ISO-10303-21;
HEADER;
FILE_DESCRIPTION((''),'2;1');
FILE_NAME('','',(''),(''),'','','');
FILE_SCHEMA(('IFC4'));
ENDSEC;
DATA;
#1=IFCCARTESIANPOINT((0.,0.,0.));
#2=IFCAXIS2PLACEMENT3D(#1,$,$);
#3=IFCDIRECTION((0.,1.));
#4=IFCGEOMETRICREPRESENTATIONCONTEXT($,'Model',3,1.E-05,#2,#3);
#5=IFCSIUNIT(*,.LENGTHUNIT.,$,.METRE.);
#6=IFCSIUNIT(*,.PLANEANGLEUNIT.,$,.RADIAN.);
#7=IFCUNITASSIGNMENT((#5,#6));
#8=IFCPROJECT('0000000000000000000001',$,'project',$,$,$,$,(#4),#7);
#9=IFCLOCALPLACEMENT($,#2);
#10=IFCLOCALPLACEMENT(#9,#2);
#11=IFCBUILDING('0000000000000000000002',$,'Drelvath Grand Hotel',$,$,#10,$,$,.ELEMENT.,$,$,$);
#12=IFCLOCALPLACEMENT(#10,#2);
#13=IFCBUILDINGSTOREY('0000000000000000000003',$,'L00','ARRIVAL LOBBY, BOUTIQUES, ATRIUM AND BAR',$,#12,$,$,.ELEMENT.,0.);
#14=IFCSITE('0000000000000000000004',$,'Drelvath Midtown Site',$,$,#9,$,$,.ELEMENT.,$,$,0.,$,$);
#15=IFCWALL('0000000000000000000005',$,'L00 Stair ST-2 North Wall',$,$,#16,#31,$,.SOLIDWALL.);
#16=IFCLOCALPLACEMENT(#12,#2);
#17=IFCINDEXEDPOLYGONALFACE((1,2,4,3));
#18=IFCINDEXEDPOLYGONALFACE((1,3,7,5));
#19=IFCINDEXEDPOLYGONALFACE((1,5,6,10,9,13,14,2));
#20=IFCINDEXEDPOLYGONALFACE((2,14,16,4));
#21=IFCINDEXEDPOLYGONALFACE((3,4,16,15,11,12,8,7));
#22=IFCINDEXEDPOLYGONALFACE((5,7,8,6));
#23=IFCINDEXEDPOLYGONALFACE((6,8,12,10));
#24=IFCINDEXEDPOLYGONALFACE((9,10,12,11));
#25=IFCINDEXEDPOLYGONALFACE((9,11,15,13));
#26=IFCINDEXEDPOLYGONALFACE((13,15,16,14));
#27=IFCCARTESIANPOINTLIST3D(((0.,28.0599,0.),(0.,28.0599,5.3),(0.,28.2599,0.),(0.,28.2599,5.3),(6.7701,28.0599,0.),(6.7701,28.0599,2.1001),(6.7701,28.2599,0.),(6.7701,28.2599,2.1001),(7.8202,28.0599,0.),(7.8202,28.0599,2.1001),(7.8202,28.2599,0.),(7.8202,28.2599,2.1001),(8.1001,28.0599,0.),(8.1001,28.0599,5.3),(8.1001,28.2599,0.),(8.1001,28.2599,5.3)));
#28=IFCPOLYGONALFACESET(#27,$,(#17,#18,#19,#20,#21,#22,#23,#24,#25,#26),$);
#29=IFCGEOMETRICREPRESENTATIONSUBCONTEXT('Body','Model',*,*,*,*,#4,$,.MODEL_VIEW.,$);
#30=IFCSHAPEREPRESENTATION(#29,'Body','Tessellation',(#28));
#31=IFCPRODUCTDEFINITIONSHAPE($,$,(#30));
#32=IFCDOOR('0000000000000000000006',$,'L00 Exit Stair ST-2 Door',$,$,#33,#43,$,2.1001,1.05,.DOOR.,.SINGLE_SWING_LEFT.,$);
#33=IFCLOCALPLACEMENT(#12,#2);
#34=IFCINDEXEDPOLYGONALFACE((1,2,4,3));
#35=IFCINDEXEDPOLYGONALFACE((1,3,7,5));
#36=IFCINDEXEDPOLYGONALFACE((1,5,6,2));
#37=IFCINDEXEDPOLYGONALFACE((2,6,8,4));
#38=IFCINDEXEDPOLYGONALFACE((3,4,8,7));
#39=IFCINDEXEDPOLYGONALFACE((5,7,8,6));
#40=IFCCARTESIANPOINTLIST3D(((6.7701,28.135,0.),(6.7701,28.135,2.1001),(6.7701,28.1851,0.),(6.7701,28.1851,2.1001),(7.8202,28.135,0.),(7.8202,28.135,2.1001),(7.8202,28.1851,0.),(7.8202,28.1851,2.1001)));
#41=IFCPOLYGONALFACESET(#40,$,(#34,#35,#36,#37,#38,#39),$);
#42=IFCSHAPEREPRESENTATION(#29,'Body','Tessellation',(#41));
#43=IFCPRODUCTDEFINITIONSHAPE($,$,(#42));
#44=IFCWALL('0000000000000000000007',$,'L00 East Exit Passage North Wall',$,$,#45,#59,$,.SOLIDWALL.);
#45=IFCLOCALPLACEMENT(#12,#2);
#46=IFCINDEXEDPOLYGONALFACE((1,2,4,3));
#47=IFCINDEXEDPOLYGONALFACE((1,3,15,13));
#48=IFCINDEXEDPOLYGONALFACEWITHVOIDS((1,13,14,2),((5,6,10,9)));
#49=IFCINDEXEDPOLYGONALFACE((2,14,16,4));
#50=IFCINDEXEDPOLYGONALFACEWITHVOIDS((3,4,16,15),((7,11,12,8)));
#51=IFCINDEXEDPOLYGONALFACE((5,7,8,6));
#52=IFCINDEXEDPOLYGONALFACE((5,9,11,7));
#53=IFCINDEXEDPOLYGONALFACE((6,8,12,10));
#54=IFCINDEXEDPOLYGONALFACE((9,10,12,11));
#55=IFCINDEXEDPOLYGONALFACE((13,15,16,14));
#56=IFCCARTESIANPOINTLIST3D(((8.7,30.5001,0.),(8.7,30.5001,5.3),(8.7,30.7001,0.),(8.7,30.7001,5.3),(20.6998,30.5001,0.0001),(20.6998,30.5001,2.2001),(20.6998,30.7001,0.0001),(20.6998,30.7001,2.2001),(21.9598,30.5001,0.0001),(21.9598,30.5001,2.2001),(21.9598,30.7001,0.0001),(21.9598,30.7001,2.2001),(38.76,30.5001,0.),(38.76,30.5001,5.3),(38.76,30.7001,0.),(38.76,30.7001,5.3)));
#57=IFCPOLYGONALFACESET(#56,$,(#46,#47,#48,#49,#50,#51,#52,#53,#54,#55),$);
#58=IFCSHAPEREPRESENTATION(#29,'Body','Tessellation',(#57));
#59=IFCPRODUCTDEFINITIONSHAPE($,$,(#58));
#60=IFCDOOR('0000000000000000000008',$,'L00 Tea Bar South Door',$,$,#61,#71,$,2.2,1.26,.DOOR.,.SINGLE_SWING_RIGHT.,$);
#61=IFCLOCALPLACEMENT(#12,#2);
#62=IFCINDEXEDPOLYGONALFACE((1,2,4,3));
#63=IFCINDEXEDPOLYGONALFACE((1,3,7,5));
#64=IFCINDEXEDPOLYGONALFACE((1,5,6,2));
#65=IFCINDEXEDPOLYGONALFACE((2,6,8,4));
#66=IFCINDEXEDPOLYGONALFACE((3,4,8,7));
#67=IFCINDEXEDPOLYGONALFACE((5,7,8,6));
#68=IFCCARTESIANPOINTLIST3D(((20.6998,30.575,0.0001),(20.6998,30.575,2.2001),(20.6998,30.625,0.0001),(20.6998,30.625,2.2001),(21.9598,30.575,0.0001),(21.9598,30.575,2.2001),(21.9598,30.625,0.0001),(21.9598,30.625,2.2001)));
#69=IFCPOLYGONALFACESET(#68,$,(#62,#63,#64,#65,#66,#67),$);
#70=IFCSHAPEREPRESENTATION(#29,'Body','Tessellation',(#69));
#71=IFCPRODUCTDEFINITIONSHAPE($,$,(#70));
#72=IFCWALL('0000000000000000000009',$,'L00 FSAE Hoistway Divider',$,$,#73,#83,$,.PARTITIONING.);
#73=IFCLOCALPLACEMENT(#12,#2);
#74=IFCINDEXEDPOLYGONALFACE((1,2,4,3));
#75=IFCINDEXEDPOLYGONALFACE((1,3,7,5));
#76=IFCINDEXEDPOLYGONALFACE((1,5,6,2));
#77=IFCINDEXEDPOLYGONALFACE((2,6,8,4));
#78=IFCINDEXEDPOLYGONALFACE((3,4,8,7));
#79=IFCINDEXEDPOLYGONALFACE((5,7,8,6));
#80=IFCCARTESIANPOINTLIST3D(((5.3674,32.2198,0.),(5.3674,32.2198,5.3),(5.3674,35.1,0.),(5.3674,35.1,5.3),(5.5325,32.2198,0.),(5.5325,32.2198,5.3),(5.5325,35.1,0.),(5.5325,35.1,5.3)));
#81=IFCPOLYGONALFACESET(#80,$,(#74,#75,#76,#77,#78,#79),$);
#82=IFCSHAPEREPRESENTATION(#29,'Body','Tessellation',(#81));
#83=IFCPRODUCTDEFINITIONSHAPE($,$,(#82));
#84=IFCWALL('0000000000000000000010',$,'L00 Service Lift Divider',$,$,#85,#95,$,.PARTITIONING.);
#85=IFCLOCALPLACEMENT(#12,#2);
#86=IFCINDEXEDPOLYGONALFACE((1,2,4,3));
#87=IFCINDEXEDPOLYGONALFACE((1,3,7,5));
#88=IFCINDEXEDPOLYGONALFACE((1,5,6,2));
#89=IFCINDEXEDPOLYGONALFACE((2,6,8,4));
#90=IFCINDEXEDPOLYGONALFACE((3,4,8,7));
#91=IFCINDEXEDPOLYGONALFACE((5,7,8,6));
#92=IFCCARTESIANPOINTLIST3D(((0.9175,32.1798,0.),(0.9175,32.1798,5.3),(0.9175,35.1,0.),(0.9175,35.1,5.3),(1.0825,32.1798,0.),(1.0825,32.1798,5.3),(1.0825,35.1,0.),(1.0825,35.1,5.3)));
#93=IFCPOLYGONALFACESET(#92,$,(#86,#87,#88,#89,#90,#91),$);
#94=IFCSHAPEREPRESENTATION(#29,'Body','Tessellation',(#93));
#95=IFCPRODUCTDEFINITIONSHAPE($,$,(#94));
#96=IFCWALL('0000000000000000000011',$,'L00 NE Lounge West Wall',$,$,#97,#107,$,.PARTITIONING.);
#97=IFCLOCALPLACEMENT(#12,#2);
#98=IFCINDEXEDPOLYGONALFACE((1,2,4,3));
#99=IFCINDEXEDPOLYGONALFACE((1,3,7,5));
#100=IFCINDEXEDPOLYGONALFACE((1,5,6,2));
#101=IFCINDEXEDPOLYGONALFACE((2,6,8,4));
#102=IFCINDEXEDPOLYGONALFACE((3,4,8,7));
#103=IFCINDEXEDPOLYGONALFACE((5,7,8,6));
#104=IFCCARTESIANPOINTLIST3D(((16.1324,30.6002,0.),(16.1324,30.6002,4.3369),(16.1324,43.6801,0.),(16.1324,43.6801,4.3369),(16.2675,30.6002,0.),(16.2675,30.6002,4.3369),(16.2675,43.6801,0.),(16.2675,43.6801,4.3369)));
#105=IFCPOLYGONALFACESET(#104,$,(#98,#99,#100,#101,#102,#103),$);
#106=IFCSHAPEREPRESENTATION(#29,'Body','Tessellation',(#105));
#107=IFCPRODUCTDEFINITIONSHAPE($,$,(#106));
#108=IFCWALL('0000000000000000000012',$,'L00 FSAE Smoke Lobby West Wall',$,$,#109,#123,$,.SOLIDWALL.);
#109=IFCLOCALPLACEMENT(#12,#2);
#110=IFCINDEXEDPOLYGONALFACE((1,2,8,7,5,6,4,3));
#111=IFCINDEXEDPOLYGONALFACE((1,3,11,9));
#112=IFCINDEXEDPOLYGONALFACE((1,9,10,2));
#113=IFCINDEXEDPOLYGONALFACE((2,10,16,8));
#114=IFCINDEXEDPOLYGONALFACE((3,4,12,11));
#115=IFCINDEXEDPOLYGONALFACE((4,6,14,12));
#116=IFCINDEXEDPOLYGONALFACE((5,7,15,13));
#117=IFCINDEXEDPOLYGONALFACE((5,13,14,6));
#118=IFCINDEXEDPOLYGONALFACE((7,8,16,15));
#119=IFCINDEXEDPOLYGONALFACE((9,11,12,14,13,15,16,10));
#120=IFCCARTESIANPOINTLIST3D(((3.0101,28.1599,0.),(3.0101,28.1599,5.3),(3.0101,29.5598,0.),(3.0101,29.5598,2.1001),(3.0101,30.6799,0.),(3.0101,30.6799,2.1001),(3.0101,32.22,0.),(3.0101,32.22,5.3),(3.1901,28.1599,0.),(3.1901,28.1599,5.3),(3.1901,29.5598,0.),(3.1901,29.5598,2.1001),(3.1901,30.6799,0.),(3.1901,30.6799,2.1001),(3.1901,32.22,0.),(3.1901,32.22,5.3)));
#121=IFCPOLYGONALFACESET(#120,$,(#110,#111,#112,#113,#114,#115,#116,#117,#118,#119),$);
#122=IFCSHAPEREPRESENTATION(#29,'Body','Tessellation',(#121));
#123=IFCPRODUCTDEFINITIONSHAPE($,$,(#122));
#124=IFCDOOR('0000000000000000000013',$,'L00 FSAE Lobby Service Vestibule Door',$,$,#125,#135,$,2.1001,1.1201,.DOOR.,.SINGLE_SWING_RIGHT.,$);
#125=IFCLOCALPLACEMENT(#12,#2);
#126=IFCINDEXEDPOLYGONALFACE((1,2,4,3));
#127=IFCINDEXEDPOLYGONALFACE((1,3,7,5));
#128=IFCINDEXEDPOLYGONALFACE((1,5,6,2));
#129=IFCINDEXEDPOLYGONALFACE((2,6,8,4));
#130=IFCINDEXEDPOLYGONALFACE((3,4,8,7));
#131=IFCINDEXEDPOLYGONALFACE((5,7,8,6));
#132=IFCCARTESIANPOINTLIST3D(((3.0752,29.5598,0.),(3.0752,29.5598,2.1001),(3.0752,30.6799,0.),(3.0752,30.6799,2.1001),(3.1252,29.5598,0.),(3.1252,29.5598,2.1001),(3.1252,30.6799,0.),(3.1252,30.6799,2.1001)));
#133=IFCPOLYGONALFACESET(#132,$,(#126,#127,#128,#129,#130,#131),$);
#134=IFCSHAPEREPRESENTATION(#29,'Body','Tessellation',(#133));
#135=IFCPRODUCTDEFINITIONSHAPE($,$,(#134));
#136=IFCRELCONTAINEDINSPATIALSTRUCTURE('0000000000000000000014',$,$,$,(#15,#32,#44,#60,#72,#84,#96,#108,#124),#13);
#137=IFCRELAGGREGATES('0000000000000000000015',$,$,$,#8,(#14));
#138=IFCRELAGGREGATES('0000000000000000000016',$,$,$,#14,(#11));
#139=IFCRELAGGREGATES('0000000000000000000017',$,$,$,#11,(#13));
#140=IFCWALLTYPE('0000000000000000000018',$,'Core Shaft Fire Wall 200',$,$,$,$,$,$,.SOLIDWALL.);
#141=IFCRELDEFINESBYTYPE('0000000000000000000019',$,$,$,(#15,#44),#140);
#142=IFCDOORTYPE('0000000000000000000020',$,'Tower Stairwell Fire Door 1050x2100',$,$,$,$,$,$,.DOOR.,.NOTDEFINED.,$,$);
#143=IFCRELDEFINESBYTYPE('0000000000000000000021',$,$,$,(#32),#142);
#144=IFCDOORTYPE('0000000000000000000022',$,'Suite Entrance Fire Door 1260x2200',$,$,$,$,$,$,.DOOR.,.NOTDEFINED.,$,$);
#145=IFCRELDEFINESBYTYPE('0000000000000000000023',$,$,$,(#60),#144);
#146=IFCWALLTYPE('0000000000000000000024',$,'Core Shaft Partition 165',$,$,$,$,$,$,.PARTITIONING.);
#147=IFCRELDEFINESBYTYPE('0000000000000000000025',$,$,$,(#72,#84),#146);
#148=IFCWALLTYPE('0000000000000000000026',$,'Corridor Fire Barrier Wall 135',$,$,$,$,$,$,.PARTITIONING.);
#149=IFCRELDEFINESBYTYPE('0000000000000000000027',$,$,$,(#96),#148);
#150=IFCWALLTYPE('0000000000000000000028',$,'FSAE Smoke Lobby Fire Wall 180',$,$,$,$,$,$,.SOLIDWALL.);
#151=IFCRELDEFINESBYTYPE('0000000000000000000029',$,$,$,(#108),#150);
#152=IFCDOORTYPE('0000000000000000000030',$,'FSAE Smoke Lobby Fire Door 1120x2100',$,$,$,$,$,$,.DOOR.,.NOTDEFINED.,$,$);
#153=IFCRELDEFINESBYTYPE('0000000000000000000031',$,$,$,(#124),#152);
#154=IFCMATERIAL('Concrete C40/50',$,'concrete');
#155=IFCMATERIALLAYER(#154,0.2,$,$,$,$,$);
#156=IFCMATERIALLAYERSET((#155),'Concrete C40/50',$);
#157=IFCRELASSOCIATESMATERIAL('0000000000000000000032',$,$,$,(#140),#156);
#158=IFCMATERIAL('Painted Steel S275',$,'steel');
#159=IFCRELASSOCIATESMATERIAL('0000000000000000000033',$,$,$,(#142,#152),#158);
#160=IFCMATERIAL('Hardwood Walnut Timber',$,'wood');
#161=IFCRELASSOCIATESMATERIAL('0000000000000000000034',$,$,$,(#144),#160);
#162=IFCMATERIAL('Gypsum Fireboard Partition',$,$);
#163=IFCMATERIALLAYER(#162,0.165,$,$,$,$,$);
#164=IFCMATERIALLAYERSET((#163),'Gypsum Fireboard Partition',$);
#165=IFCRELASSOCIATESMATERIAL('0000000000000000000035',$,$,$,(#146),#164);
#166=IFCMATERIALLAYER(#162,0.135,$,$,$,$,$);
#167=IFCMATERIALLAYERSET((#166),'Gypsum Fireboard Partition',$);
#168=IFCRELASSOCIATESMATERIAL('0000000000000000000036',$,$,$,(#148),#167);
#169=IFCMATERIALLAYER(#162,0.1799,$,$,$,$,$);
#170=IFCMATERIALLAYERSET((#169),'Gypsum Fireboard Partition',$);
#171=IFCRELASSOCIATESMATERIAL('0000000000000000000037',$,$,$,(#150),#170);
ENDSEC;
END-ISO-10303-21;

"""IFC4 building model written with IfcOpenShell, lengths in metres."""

from ifc_helpers import new_model, si_unit, direction, frame, frame_2d, origin, place, context, subcontext, project, spatial, rectangle, extrude, material, layer, layer_set, type_object, element, fill, save


model = new_model("IFC4")

# Units and contexts
model_context = context("Model", 3, precision=1e-05, world=origin(), true_north=direction((0.0, 1.0)))
body_context = subcontext(model_context, "Body", "Model", "MODEL_VIEW")
ifc_project = project(units=[si_unit("LENGTHUNIT", "METRE"), si_unit("PLANEANGLEUNIT", "RADIAN")], contexts=[model_context])

# Site, building, storey
site_placement = place(None, origin())
site = spatial("IfcSite", under=ifc_project, at=site_placement, Name="Drelvath Midtown Site", CompositionType="ELEMENT", RefElevation=0.0)
building_placement = place(site_placement, origin())
building = spatial("IfcBuilding", under=site, at=building_placement, Name="Drelvath Grand Hotel", CompositionType="ELEMENT")
storey_placement = place(building_placement, origin())
storey = spatial("IfcBuildingStorey", under=building, at=storey_placement, Name="L00", Description="ARRIVAL LOBBY, BOUTIQUES, ATRIUM AND BAR", CompositionType="ELEMENT", Elevation=0.0)

# Shared definitions
ifc_material_1 = material(Name="Concrete C40/50", Category="concrete")

# Walls, openings, doors
ifc_layer_1 = layer(ifc_material_1, 0.2)
ifc_layer_set_1 = layer_set([ifc_layer_1], Name="Concrete C40/50")
wall_type_1 = type_object("IfcWallType", Name="Core Shaft Fire Wall 200", PredefinedType="SOLIDWALL", material=ifc_layer_set_1)
wall_1_placement = place(storey_placement, frame((8.1001, 28.1599, 0.0), z_axis=(0.0, 0.0, 1.0), x_axis=(-1.0, 0.0, 0.0)))
wall_1 = element("IfcWall", 1, at=wall_1_placement, inside=storey, type_object=wall_type_1, Name="L00 Stair ST-2 North Wall", PredefinedType="SOLIDWALL", context=body_context, shape_type="SweptSolid", body=[
    extrude(rectangle(XDim=8.1001, YDim=0.2, at=frame_2d((4.05, 0.0))), origin(), (0.0, 0.0, 1.0), 5.3),
])
opening_1_placement = place(wall_1_placement, frame((0.28, 0.0, 0.0)))
opening_1 = element("IfcOpeningElement", 2, at=opening_1_placement, cuts=wall_1, PredefinedType="OPENING", context=body_context, shape_type="SweptSolid", body=[
    extrude(rectangle(XDim=1.05, YDim=2.1001, at=frame_2d((0.5249, 1.05))), frame((0.0, 0.1099, 0.0), z_axis=(0.0, -1.0, 0.0), x_axis=(1.0, 0.0, 0.0)), (0.0, 0.0, 1.0), 0.22),
])
ifc_material_2 = material(Name="Painted Steel S275", Category="steel")
door_type_1 = type_object("IfcDoorType", Name="Tower Stairwell Fire Door 1050x2100", OperationType="NOTDEFINED", PredefinedType="DOOR", material=ifc_material_2)
door_1_placement = place(opening_1_placement, origin())
door_1 = element("IfcDoor", 3, at=door_1_placement, inside=storey, type_object=door_type_1, Name="L00 Exit Stair ST-2 Door", OperationType="SINGLE_SWING_LEFT", OverallHeight=2.1001, OverallWidth=1.05, PredefinedType="DOOR", context=body_context, shape_type="SweptSolid", body=[
    extrude(rectangle(XDim=1.05, YDim=2.1001, at=frame_2d((0.5249, 1.05))), frame((0.0, 0.0249, 0.0), z_axis=(0.0, -1.0, 0.0), x_axis=(1.0, 0.0, 0.0)), (0.0, 0.0, 1.0), 0.05),
])
fill(opening_1, door_1)
wall_2_placement = place(storey_placement, frame((8.7, 30.6001, 0.0), z_axis=(0.0, 0.0, 1.0), x_axis=(1.0, 0.0, 0.0)))
wall_2 = element("IfcWall", 4, at=wall_2_placement, inside=storey, type_object=wall_type_1, Name="L00 East Exit Passage North Wall", PredefinedType="SOLIDWALL", context=body_context, shape_type="SweptSolid", body=[
    extrude(rectangle(XDim=30.0601, YDim=0.2, at=frame_2d((15.03, 0.0))), origin(), (0.0, 0.0, 1.0), 5.3),
])
opening_2_placement = place(wall_2_placement, frame((12.0, 0.0, 0.0)))
opening_2 = element("IfcOpeningElement", 5, at=opening_2_placement, cuts=wall_2, PredefinedType="OPENING", context=body_context, shape_type="SweptSolid", body=[
    extrude(rectangle(XDim=1.26, YDim=2.2, at=frame_2d((0.6299, 1.1001))), frame((0.0, 0.1099, 0.0), z_axis=(0.0, -1.0, 0.0), x_axis=(1.0, 0.0, 0.0)), (0.0, 0.0, 1.0), 0.22),
])
ifc_material_3 = material(Name="Hardwood Walnut Timber", Category="wood")
door_type_2 = type_object("IfcDoorType", Name="Suite Entrance Fire Door 1260x2200", OperationType="NOTDEFINED", PredefinedType="DOOR", material=ifc_material_3)
door_2_placement = place(opening_2_placement, origin())
door_2 = element("IfcDoor", 6, at=door_2_placement, inside=storey, type_object=door_type_2, Name="L00 Tea Bar South Door", OperationType="SINGLE_SWING_RIGHT", OverallHeight=2.2, OverallWidth=1.26, PredefinedType="DOOR", context=body_context, shape_type="SweptSolid", body=[
    extrude(rectangle(XDim=1.26, YDim=2.2, at=frame_2d((0.6299, 1.1001))), frame((0.0, 0.0249, 0.0), z_axis=(0.0, -1.0, 0.0), x_axis=(1.0, 0.0, 0.0)), (0.0, 0.0, 1.0), 0.05),
])
fill(opening_2, door_2)

# Walls
ifc_material_4 = material(Name="Gypsum Fireboard Partition")
ifc_layer_2 = layer(ifc_material_4, 0.165)
ifc_layer_set_2 = layer_set([ifc_layer_2], Name="Gypsum Fireboard Partition")
wall_type_2 = type_object("IfcWallType", Name="Core Shaft Partition 165", PredefinedType="PARTITIONING", material=ifc_layer_set_2)
wall_3_placement = place(storey_placement, frame((5.45, 32.22, 0.0), z_axis=(0.0, 0.0, 1.0), x_axis=(0.0, 1.0, 0.0)))
element("IfcWall", 7, at=wall_3_placement, inside=storey, type_object=wall_type_2, Name="L00 FSAE Hoistway Divider", PredefinedType="PARTITIONING", context=body_context, shape_type="SweptSolid", body=[
    extrude(rectangle(XDim=2.8801, YDim=0.165, at=frame_2d((1.4399, 0.0))), origin(), (0.0, 0.0, 1.0), 5.3),
])
wall_4_placement = place(storey_placement, frame((1.0, 32.1799, 0.0), z_axis=(0.0, 0.0, 1.0), x_axis=(0.0, 1.0, 0.0)))
element("IfcWall", 8, at=wall_4_placement, inside=storey, type_object=wall_type_2, Name="L00 Service Lift Divider", PredefinedType="PARTITIONING", context=body_context, shape_type="SweptSolid", body=[
    extrude(rectangle(XDim=2.9202, YDim=0.165, at=frame_2d((1.46, 0.0))), origin(), (0.0, 0.0, 1.0), 5.3),
])
ifc_layer_3 = layer(ifc_material_4, 0.135)
ifc_layer_set_3 = layer_set([ifc_layer_3], Name="Gypsum Fireboard Partition")
wall_type_3 = type_object("IfcWallType", Name="Corridor Fire Barrier Wall 135", PredefinedType="PARTITIONING", material=ifc_layer_set_3)
wall_5_placement = place(storey_placement, frame((16.2, 30.6001, 0.0), z_axis=(0.0, 0.0, 1.0), x_axis=(0.0, 1.0, 0.0)))
element("IfcWall", 9, at=wall_5_placement, inside=storey, type_object=wall_type_3, Name="L00 NE Lounge West Wall", PredefinedType="PARTITIONING", context=body_context, shape_type="SweptSolid", body=[
    extrude(rectangle(XDim=13.0798, YDim=0.135, at=frame_2d((6.54, 0.0))), origin(), (0.0, 0.0, 1.0), 4.3369),
])

# Wall, opening, door
ifc_layer_4 = layer(ifc_material_4, 0.1799)
ifc_layer_set_4 = layer_set([ifc_layer_4], Name="Gypsum Fireboard Partition")
wall_type_4 = type_object("IfcWallType", Name="FSAE Smoke Lobby Fire Wall 180", PredefinedType="SOLIDWALL", material=ifc_layer_set_4)
wall_6_placement = place(storey_placement, frame((3.1001, 28.1599, 0.0), z_axis=(0.0, 0.0, 1.0), x_axis=(0.0, 1.0, 0.0)))
wall_6 = element("IfcWall", 10, at=wall_6_placement, inside=storey, type_object=wall_type_4, Name="L00 FSAE Smoke Lobby West Wall", PredefinedType="SOLIDWALL", context=body_context, shape_type="SweptSolid", body=[
    extrude(rectangle(XDim=4.0601, YDim=0.1799, at=frame_2d((2.03, 0.0))), origin(), (0.0, 0.0, 1.0), 5.3),
])
opening_3_placement = place(wall_6_placement, frame((1.3999, 0.0, 0.0)))
opening_3 = element("IfcOpeningElement", 11, at=opening_3_placement, cuts=wall_6, PredefinedType="OPENING", context=body_context, shape_type="SweptSolid", body=[
    extrude(rectangle(XDim=1.1201, YDim=2.1001, at=frame_2d((0.5601, 1.05))), frame((0.0, 0.0999, 0.0), z_axis=(0.0, -1.0, 0.0), x_axis=(1.0, 0.0, 0.0)), (0.0, 0.0, 1.0), 0.2),
])
door_type_3 = type_object("IfcDoorType", Name="FSAE Smoke Lobby Fire Door 1120x2100", OperationType="NOTDEFINED", PredefinedType="DOOR", material=ifc_material_2)
door_3_placement = place(opening_3_placement, origin())
door_3 = element("IfcDoor", 12, at=door_3_placement, inside=storey, type_object=door_type_3, Name="L00 FSAE Lobby Service Vestibule Door", OperationType="SINGLE_SWING_RIGHT", OverallHeight=2.1001, OverallWidth=1.1201, PredefinedType="DOOR", context=body_context, shape_type="SweptSolid", body=[
    extrude(rectangle(XDim=1.1201, YDim=2.1001, at=frame_2d((0.5601, 1.05))), frame((0.0, 0.0249, 0.0), z_axis=(0.0, -1.0, 0.0), x_axis=(1.0, 0.0, 0.0)), (0.0, 0.0, 1.0), 0.05),
])
fill(opening_3, door_3)

save(model, "model.ifc")
